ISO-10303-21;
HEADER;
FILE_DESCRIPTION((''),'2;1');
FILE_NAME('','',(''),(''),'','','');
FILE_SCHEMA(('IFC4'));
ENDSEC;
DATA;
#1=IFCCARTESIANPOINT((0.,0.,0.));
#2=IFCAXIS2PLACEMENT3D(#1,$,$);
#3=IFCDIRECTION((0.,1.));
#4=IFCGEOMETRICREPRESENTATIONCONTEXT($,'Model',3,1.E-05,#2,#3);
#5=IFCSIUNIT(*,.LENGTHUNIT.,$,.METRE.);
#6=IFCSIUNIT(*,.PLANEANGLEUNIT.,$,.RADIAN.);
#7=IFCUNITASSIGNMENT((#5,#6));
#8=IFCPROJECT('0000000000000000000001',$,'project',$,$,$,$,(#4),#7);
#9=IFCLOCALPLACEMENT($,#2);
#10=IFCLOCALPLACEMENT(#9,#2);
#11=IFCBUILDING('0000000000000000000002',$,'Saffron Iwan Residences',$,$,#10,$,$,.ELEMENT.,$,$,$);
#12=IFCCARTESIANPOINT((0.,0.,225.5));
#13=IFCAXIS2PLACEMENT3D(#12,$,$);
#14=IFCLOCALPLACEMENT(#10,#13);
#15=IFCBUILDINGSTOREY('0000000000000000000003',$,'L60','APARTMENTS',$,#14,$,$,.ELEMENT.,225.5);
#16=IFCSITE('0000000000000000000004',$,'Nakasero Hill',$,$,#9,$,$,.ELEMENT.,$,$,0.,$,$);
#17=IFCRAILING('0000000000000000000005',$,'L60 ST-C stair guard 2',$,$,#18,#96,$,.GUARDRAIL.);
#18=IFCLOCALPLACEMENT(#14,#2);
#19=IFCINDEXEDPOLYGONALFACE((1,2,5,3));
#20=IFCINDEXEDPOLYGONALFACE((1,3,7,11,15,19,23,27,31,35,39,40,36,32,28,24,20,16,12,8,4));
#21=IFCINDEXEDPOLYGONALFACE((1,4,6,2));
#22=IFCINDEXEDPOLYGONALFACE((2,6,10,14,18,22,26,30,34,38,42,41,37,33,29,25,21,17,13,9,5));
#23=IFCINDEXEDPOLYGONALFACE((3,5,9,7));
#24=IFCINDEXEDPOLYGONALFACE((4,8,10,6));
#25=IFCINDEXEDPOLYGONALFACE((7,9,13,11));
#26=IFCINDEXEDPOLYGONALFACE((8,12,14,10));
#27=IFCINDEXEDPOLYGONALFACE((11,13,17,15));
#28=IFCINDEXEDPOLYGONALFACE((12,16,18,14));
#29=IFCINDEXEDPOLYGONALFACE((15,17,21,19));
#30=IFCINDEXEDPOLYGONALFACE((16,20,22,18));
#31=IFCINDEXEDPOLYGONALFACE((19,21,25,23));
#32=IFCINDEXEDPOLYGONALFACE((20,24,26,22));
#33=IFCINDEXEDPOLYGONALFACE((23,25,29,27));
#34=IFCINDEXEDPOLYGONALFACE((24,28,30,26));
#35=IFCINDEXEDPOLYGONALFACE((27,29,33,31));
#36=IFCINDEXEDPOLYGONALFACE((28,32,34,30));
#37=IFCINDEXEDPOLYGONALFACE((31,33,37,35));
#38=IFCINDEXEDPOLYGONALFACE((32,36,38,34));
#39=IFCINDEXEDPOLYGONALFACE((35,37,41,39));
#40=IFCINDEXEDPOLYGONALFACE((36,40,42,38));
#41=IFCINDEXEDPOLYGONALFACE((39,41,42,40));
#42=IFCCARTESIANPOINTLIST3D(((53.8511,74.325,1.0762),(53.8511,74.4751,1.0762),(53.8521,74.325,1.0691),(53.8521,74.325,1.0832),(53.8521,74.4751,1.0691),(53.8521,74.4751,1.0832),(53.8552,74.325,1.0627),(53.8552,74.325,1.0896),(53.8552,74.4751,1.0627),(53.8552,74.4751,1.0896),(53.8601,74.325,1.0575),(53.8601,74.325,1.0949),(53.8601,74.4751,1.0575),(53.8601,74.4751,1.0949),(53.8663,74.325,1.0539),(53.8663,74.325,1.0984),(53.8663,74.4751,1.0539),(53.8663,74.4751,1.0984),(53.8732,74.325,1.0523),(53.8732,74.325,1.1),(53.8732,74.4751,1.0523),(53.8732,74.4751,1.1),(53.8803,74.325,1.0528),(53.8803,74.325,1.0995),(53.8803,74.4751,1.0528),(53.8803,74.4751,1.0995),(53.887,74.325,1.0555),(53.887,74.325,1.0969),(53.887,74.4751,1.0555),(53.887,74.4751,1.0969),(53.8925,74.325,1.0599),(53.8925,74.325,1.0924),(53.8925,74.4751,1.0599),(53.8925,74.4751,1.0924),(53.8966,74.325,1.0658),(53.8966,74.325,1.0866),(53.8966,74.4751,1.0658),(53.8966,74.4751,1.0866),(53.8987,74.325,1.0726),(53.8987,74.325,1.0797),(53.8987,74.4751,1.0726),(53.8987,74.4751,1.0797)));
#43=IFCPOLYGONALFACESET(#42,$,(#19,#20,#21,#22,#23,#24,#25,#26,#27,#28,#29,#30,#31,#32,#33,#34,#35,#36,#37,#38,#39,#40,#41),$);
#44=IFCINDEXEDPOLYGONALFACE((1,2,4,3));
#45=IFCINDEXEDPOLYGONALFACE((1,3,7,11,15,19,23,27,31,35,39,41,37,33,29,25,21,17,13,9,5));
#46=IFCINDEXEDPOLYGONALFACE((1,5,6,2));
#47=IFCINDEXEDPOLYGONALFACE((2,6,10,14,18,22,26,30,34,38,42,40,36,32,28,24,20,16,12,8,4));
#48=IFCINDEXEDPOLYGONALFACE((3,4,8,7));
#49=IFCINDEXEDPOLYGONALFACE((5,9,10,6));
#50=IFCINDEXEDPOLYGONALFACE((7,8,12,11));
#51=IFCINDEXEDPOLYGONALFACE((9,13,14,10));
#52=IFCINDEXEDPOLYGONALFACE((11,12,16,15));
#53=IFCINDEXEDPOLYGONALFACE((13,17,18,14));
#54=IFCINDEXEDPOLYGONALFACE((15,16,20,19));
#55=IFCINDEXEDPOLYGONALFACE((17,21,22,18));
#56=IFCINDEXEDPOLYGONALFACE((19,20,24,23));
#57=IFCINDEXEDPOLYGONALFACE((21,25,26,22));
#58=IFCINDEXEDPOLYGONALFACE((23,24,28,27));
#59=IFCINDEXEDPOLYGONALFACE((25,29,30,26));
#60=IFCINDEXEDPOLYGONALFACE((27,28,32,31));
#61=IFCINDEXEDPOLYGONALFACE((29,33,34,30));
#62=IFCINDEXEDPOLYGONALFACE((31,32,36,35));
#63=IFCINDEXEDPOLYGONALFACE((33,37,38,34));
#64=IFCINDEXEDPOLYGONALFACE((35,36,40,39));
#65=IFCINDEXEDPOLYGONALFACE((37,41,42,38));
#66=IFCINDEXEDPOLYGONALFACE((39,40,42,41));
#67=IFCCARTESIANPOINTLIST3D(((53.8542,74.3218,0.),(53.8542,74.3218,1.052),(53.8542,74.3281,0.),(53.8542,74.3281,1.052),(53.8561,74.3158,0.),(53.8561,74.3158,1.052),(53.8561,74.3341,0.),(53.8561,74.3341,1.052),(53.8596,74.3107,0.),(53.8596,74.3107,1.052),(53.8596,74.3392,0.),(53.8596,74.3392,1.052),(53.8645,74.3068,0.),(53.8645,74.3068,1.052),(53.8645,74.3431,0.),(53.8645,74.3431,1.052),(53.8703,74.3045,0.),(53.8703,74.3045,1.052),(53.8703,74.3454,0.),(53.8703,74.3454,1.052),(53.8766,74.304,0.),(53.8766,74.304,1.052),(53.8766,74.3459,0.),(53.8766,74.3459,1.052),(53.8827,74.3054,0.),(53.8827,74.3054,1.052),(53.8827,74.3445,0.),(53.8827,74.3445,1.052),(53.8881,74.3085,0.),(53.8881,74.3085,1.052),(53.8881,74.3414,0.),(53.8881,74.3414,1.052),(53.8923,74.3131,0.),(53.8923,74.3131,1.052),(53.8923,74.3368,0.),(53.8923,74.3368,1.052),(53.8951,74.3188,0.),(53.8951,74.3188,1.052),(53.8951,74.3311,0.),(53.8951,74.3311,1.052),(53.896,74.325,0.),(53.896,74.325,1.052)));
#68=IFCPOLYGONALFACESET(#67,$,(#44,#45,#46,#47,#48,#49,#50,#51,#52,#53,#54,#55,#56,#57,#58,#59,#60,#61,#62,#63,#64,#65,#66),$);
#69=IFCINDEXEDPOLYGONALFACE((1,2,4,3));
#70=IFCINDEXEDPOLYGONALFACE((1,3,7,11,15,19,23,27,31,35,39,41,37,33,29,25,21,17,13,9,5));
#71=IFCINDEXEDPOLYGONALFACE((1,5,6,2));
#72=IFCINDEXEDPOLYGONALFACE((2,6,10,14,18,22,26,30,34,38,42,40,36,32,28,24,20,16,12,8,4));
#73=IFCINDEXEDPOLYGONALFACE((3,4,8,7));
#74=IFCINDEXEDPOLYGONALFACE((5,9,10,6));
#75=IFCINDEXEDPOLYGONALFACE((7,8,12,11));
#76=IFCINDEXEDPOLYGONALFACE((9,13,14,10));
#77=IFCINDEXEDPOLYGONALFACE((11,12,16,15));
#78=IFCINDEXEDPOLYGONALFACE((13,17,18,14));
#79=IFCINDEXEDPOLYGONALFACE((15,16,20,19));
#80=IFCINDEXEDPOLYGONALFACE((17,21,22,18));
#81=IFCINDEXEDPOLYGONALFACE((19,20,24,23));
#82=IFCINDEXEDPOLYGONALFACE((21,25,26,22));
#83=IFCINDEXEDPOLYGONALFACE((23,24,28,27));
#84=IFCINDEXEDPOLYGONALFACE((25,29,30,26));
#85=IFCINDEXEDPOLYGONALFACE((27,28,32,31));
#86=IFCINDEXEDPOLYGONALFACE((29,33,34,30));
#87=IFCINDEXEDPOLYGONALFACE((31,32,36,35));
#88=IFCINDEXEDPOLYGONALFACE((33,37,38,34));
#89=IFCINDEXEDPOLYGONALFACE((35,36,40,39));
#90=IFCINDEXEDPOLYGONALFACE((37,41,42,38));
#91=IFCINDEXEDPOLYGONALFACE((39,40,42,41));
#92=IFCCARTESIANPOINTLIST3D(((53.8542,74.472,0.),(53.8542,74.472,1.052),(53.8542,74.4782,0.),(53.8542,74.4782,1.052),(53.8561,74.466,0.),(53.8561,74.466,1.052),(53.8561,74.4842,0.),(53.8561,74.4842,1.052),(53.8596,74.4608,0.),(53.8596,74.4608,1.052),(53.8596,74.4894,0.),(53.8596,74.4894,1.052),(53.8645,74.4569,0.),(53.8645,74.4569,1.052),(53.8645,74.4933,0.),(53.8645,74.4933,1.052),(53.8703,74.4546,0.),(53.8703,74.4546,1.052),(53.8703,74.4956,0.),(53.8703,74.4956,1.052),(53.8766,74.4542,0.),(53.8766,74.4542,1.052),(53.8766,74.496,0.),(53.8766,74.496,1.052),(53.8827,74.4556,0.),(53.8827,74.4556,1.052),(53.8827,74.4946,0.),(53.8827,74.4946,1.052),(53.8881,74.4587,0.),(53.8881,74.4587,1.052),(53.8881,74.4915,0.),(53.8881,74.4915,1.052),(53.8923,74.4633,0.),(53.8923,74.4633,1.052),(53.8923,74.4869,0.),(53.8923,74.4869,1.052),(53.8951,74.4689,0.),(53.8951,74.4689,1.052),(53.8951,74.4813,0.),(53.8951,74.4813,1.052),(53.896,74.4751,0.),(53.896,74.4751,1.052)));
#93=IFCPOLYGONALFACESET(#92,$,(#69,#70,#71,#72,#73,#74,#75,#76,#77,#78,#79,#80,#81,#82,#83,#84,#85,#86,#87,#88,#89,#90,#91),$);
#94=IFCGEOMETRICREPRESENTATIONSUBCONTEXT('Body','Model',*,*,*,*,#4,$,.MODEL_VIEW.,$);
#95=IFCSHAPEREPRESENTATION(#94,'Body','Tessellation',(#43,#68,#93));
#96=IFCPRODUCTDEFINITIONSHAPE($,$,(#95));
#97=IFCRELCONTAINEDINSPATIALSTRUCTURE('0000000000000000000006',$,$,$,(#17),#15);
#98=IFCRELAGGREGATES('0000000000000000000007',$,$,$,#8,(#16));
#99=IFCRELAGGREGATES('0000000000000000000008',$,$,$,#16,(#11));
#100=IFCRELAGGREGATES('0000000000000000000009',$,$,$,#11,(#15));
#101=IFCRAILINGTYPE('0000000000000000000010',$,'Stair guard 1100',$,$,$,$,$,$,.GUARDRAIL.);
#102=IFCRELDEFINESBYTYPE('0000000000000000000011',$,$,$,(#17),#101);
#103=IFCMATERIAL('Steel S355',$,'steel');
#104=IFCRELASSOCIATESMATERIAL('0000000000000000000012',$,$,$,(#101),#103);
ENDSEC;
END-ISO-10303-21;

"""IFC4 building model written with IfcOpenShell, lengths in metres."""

from ifc_helpers import new_model, si_unit, direction, frame, origin, origin_2d, place, context, subcontext, project, spatial, circle, extrude, material, type_object, element, save


model = new_model("IFC4")

# Units and contexts
model_context = context("Model", 3, precision=1e-05, world=origin(), true_north=direction((0.0, 1.0)))
body_context = subcontext(model_context, "Body", "Model", "MODEL_VIEW")
ifc_project = project(units=[si_unit("LENGTHUNIT", "METRE"), si_unit("PLANEANGLEUNIT", "RADIAN")], contexts=[model_context])

# Site, building, storey
site_placement = place(None, origin())
site = spatial("IfcSite", under=ifc_project, at=site_placement, Name="Nakasero Hill", CompositionType="ELEMENT", RefElevation=0.0)
building_placement = place(site_placement, origin())
building = spatial("IfcBuilding", under=site, at=building_placement, Name="Saffron Iwan Residences", CompositionType="ELEMENT")
storey_placement = place(building_placement, frame((0.0, 0.0, 225.5)))
storey = spatial("IfcBuildingStorey", under=building, at=storey_placement, Name="L60", Description="APARTMENTS", CompositionType="ELEMENT", Elevation=225.5)

# Railing
ifc_material_1 = material(Name="Steel S355", Category="steel")
railing_type_1 = type_object("IfcRailingType", Name="Stair guard 1100", PredefinedType="GUARDRAIL", material=ifc_material_1)
railing_1_placement = place(storey_placement, frame((53.875, 74.325, 0.0)))
element("IfcRailing", 1, at=railing_1_placement, inside=storey, type_object=railing_type_1, Name="L60 ST-C stair guard 2", PredefinedType="GUARDRAIL", context=body_context, shape_type="SweptSolid", body=[
    extrude(circle(Radius=0.0239, at=origin_2d()), frame((0.0, 0.0, 1.0762), z_axis=(0.0, 1.0, 0.0), x_axis=(-1.0, 0.0, 0.0)), (0.0, 0.0, 1.0), 0.1501),
    extrude(circle(Radius=0.021, at=origin_2d()), origin(), (0.0, 0.0, 1.0), 1.052),
    extrude(circle(Radius=0.021, at=origin_2d()), frame((0.0, 0.1501, 0.0)), (0.0, 0.0, 1.0), 1.052),
])

save(model, "model.ifc")
